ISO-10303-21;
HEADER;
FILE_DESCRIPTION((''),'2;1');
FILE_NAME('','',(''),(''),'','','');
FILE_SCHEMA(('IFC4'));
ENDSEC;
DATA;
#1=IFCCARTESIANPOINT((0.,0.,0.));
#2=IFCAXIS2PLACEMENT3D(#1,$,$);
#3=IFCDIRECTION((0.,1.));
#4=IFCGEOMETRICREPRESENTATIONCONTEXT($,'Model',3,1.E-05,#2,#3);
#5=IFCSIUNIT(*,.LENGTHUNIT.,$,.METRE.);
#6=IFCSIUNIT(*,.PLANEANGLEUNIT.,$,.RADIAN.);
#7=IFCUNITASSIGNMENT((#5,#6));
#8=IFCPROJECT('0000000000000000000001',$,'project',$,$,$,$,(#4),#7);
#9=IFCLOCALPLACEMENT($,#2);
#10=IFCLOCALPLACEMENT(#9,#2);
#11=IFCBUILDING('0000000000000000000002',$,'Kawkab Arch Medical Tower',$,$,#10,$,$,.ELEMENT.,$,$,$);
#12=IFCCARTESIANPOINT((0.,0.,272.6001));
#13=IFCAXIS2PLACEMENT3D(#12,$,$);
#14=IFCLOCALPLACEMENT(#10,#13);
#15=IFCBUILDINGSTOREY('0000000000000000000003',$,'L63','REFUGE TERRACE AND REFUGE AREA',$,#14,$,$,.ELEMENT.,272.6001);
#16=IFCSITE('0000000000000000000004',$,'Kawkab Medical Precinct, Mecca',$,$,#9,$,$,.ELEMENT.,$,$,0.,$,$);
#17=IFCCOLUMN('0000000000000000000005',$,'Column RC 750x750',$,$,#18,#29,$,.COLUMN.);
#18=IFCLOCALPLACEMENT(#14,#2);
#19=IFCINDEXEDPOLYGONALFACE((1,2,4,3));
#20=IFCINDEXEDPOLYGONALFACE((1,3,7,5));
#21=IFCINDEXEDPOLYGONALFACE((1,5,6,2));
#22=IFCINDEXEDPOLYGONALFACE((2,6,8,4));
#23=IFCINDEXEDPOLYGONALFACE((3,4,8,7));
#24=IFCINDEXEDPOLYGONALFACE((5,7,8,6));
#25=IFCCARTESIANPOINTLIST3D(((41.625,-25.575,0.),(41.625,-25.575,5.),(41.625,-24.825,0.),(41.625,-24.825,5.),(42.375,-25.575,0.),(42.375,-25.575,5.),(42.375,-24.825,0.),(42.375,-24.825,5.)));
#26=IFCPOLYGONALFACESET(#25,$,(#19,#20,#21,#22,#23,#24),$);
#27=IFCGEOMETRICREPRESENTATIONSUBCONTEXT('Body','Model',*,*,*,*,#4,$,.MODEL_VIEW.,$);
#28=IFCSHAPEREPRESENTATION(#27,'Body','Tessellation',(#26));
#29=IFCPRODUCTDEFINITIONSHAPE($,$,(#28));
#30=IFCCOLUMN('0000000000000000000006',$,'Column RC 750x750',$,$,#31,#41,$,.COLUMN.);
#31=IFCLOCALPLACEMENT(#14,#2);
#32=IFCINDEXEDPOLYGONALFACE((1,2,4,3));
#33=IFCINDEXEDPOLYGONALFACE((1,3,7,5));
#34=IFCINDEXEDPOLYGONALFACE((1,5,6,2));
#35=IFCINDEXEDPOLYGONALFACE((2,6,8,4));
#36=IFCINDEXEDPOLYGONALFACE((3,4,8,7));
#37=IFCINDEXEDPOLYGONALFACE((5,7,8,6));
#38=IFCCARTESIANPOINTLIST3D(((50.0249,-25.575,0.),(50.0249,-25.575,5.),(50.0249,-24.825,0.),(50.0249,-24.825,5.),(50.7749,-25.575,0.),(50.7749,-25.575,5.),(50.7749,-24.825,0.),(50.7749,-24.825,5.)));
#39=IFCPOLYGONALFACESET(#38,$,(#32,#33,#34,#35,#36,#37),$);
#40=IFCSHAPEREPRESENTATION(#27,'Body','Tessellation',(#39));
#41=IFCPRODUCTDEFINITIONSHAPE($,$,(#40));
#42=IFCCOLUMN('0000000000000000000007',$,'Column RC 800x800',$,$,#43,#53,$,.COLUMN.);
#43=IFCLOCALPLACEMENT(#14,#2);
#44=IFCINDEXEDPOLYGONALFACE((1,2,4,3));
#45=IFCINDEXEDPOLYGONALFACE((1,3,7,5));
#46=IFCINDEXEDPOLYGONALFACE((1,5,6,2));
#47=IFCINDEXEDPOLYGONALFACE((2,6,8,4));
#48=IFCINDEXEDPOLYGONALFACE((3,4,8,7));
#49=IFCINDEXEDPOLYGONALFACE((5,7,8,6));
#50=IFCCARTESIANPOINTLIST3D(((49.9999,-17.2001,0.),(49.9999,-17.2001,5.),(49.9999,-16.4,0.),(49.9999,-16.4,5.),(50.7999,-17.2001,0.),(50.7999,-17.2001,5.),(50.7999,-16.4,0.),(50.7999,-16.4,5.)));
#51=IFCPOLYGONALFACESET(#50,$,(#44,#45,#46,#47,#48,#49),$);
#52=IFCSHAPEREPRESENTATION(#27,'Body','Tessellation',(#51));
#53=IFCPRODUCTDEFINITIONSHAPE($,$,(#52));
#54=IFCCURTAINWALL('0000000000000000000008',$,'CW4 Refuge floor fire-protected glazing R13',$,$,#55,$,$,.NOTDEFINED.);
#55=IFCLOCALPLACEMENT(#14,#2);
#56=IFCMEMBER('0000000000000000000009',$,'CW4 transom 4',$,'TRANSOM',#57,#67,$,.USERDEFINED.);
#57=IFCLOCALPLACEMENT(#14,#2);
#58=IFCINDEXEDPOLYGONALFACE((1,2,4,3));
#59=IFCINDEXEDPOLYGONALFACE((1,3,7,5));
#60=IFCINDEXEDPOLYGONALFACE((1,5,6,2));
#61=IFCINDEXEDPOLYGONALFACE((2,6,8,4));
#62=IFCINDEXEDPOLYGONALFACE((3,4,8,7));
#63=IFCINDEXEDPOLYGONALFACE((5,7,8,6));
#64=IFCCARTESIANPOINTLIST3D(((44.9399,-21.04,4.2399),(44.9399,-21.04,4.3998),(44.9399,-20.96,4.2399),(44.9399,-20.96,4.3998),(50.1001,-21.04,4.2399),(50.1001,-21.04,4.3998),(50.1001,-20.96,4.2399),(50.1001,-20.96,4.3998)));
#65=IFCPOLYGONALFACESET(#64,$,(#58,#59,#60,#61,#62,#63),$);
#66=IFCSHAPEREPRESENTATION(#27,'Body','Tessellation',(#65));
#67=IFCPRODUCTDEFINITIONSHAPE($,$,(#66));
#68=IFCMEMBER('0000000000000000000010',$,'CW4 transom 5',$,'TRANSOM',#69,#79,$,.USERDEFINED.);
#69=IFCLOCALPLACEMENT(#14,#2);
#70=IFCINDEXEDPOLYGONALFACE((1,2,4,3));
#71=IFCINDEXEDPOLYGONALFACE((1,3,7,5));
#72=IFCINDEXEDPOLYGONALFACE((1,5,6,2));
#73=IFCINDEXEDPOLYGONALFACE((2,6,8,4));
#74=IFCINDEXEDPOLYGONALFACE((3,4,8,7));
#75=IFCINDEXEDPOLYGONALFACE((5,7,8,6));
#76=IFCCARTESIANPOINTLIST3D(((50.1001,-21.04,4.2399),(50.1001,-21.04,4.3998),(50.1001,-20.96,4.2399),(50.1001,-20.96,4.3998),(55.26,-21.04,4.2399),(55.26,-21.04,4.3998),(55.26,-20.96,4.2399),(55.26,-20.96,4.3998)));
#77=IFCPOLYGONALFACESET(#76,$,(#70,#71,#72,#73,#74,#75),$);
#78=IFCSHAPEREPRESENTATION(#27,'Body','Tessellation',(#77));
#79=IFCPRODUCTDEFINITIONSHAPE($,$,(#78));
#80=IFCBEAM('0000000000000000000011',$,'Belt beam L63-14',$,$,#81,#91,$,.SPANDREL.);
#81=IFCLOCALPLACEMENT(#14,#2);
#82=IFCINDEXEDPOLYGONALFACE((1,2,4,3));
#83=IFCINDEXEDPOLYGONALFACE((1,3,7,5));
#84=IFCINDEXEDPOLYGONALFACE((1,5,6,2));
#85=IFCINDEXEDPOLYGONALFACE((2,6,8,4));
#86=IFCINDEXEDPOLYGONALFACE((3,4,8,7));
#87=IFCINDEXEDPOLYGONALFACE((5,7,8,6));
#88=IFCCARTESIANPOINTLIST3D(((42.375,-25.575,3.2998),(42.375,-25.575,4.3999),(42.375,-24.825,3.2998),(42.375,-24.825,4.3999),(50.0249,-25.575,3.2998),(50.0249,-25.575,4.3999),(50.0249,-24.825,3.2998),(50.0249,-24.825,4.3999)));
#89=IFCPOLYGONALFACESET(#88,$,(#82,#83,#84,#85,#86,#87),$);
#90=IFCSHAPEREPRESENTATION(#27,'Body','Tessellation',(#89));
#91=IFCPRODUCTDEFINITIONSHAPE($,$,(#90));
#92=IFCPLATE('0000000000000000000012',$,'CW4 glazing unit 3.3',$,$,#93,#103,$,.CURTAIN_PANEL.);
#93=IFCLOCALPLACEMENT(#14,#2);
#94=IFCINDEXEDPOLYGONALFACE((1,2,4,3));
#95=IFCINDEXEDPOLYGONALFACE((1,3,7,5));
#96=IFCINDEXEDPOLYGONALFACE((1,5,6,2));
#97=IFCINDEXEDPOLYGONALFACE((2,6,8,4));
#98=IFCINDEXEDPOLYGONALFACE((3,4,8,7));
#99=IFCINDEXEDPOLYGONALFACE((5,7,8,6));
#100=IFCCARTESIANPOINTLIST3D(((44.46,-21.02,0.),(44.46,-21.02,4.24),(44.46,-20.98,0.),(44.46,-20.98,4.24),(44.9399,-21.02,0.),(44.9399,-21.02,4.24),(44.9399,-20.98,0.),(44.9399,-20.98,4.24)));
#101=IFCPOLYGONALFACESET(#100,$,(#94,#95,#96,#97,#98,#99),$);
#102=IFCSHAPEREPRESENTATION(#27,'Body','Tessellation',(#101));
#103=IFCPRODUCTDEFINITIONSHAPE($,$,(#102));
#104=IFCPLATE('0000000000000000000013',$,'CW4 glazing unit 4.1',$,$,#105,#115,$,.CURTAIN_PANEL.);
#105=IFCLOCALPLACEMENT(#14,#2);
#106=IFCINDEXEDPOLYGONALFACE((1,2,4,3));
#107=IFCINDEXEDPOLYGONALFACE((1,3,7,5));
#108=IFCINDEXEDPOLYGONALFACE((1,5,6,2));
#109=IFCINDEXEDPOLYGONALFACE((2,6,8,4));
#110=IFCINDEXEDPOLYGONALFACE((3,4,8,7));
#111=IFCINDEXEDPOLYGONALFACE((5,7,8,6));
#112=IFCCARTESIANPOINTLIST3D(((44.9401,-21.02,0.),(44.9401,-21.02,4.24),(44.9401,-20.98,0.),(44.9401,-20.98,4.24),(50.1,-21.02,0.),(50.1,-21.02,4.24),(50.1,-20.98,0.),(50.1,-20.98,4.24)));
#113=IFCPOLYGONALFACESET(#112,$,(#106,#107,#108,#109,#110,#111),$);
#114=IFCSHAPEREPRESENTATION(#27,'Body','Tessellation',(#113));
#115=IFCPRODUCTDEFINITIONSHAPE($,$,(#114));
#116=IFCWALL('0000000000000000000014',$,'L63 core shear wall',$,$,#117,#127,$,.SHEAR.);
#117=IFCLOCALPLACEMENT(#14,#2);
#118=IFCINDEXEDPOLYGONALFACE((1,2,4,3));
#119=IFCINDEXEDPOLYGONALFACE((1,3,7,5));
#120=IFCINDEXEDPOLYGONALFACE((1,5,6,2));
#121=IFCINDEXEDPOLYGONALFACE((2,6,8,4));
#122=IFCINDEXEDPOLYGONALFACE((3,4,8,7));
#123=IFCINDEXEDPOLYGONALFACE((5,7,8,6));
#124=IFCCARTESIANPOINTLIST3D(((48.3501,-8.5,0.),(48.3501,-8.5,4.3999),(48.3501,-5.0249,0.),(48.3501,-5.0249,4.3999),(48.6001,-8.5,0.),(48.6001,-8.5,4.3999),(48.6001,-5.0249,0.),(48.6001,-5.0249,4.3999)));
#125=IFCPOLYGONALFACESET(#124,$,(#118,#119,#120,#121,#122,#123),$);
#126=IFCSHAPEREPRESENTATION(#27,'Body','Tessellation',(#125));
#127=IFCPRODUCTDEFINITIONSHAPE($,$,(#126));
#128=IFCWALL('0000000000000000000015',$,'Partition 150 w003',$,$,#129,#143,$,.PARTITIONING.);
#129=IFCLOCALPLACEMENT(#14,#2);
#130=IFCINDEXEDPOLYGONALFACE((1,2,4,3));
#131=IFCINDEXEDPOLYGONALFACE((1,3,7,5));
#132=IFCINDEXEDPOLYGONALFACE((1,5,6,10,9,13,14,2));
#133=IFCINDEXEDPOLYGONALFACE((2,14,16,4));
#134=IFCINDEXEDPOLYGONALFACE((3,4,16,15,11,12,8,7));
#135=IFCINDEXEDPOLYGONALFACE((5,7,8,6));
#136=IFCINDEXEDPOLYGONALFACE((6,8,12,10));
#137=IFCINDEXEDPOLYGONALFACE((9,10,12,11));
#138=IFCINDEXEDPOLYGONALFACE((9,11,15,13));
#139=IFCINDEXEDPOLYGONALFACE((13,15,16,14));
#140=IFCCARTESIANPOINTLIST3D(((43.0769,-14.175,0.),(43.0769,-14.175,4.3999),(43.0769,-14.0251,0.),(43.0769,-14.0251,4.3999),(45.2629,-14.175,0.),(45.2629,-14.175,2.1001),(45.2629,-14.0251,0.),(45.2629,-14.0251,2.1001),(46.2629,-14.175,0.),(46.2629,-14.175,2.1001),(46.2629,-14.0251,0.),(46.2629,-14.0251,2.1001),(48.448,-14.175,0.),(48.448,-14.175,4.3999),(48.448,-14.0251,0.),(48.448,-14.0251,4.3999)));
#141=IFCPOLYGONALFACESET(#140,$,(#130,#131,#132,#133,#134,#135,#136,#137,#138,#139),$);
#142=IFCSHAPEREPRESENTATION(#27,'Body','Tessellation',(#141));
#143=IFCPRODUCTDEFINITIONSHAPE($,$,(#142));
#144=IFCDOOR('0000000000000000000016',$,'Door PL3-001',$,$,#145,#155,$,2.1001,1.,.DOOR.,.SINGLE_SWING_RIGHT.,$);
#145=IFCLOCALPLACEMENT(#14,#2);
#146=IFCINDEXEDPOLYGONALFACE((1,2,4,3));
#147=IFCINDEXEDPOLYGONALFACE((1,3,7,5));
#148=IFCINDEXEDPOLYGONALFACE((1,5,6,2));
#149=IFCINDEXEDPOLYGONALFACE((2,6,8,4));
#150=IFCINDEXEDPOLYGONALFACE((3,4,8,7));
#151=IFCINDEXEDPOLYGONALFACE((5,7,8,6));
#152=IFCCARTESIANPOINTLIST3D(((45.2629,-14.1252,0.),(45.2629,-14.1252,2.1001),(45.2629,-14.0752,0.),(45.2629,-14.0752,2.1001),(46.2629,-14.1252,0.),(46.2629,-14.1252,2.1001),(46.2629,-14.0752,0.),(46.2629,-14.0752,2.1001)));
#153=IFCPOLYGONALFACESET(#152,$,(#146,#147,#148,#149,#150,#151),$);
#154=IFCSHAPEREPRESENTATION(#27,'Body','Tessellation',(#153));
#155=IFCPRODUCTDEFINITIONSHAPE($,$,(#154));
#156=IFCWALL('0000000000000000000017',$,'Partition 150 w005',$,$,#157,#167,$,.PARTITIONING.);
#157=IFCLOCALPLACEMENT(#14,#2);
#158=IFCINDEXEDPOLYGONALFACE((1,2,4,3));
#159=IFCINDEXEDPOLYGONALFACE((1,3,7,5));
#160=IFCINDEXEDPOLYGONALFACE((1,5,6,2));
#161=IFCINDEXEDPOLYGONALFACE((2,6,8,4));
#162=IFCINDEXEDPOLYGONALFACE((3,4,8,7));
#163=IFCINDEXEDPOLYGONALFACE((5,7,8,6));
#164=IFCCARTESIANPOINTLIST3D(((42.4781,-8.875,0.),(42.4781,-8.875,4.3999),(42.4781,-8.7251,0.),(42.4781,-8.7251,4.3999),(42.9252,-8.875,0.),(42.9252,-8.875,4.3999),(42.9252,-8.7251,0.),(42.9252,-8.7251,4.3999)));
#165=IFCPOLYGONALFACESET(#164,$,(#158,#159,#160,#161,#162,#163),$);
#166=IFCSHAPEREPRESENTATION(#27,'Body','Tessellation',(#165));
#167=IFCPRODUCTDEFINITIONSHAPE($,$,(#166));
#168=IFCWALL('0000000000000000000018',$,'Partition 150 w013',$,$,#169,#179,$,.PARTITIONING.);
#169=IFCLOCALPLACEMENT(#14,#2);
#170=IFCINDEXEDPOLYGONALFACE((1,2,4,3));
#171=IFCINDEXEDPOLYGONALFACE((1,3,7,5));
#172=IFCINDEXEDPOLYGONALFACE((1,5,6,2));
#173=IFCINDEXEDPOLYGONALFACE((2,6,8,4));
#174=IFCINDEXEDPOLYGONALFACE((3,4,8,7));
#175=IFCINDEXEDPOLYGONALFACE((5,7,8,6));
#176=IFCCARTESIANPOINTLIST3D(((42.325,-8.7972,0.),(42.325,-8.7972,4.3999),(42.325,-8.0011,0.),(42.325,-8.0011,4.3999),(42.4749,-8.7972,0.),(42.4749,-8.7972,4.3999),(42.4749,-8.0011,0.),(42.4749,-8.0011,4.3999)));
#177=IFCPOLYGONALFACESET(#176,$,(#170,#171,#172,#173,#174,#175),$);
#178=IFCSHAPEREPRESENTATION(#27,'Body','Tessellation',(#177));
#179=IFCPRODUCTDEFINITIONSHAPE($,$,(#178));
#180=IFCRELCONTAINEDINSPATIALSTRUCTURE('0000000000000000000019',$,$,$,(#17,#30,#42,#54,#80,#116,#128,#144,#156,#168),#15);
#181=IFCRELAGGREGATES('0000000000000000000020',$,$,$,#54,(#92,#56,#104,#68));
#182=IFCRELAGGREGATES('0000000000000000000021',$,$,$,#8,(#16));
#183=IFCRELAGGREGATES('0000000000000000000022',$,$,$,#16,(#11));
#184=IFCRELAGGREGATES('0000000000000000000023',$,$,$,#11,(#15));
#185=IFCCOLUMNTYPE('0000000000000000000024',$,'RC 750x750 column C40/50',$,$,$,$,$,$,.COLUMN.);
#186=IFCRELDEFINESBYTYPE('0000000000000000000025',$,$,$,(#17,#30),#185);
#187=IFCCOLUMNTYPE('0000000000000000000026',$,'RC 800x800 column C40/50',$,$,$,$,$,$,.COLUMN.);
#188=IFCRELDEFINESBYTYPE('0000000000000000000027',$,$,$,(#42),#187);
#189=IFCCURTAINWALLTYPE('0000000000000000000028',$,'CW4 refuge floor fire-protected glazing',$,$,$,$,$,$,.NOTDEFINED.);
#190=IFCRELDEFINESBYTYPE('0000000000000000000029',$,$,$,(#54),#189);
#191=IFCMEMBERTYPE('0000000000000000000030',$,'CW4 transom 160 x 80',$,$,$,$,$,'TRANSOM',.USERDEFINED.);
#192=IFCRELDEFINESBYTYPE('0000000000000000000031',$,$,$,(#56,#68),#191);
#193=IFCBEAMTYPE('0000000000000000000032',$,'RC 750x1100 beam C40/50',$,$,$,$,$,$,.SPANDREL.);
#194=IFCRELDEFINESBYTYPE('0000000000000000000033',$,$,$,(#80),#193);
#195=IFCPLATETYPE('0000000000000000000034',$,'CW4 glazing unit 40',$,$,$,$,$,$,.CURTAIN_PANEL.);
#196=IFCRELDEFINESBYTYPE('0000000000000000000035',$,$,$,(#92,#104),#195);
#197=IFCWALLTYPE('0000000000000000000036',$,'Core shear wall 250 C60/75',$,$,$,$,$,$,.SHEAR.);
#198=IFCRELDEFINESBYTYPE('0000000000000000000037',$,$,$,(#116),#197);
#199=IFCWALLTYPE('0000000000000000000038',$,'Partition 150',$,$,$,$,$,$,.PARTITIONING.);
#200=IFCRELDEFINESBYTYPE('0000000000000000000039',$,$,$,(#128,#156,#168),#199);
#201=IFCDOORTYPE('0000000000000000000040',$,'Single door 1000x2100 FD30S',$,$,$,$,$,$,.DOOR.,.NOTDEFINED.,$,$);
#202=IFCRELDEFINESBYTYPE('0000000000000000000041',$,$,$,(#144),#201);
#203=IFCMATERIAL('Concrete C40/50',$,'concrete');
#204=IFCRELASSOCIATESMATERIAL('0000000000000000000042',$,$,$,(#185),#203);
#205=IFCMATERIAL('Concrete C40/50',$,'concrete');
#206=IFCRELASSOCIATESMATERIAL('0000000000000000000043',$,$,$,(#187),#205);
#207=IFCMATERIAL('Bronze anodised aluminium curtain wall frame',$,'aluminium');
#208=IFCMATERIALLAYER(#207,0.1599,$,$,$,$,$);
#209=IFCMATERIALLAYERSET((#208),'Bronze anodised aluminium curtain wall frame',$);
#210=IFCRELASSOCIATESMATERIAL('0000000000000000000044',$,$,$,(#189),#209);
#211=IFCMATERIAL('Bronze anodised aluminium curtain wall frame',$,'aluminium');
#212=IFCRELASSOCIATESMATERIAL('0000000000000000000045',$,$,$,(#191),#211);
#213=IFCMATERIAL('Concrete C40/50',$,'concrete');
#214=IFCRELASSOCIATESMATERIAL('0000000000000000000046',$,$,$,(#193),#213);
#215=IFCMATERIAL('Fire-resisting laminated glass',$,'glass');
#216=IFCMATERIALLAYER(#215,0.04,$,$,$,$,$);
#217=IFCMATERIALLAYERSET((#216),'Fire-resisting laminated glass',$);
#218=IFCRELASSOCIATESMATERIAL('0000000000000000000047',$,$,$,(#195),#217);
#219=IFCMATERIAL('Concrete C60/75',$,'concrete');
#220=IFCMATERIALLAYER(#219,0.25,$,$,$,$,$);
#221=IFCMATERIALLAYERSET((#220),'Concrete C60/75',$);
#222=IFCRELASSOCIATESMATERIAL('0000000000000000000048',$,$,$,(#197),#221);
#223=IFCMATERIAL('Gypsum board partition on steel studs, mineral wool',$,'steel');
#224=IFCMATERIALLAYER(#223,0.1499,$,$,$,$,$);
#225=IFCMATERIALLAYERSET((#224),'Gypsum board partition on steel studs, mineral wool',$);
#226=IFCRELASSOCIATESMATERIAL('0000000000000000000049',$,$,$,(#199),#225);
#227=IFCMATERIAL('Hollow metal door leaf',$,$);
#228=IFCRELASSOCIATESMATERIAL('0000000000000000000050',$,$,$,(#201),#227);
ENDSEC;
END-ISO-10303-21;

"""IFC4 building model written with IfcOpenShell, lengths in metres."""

from ifc_helpers import new_model, si_unit, direction, frame, frame_2d, origin, origin_2d, place, context, subcontext, project, spatial, rectangle, extrude, material, layer, layer_set, material_profile, profile_set, type_object, element, fill, aggregate, save


model = new_model("IFC4")

# Units and contexts
model_context = context("Model", 3, precision=1e-05, world=origin(), true_north=direction((0.0, 1.0)))
body_context = subcontext(model_context, "Body", "Model", "MODEL_VIEW")
ifc_project = project(units=[si_unit("LENGTHUNIT", "METRE"), si_unit("PLANEANGLEUNIT", "RADIAN")], contexts=[model_context])

# Site, building, storey
site_placement = place(None, origin())
site = spatial("IfcSite", under=ifc_project, at=site_placement, Name="Kawkab Medical Precinct, Mecca", CompositionType="ELEMENT", RefElevation=0.0)
building_placement = place(site_placement, origin())
building = spatial("IfcBuilding", under=site, at=building_placement, Name="Kawkab Arch Medical Tower", CompositionType="ELEMENT")
storey_placement = place(building_placement, frame((0.0, 0.0, 272.6001)))
storey = spatial("IfcBuildingStorey", under=building, at=storey_placement, Name="L63", Description="REFUGE TERRACE AND REFUGE AREA", CompositionType="ELEMENT", Elevation=272.6001)

# Columns
ifc_material_1 = material(Name="Concrete C40/50", Category="concrete")
ifc_material_profile_1 = material_profile(ifc_material_1, rectangle(XDim=0.75, YDim=0.75, at=origin_2d()), Name="RC 750x750")
ifc_profile_set_1 = profile_set([ifc_material_profile_1], Name="Concrete C40/50")
column_type_1 = type_object("IfcColumnType", Name="RC 750x750 column C40/50", PredefinedType="COLUMN", material=ifc_profile_set_1)
for number, where, z_axis, x_axis, name in (
    (1, (42.0, -25.2, 0.0), (0.0, 0.0, 1.0), (1.0, 0.0, 0.0), "Column RC 750x750"),
    (2, (50.3999, -25.2, 0.0), (0.0, 0.0, 1.0), (1.0, 0.0, 0.0), "Column RC 750x750"),
):
    element("IfcColumn", number, at=place(storey_placement, frame(where, z_axis=z_axis, x_axis=x_axis)), inside=storey, type_object=column_type_1, Name=name, PredefinedType="COLUMN", context=body_context, shape_type="SweptSolid", body=[
        extrude(rectangle(XDim=0.75, YDim=0.75, at=origin_2d()), origin(), (0.0, 0.0, 1.0), 5.0),
    ])
ifc_material_2 = material(Name="Concrete C40/50", Category="concrete")
ifc_material_profile_2 = material_profile(ifc_material_2, rectangle(XDim=0.8, YDim=0.8, at=origin_2d()), Name="RC 800x800")
ifc_profile_set_2 = profile_set([ifc_material_profile_2], Name="Concrete C40/50")
column_type_2 = type_object("IfcColumnType", Name="RC 800x800 column C40/50", PredefinedType="COLUMN", material=ifc_profile_set_2)
column_placement = place(storey_placement, frame((50.3999, -16.8, 0.0), z_axis=(0.0, 0.0, 1.0), x_axis=(1.0, 0.0, 0.0)))
element("IfcColumn", 3, at=column_placement, inside=storey, type_object=column_type_2, Name="Column RC 800x800", PredefinedType="COLUMN", context=body_context, shape_type="SweptSolid", body=[
    extrude(rectangle(XDim=0.8, YDim=0.8, at=origin_2d()), origin(), (0.0, 0.0, 1.0), 5.0),
])

# Curtain wall, members
ifc_material_3 = material(Name="Bronze anodised aluminium curtain wall frame", Category="aluminium")
ifc_layer_1 = layer(ifc_material_3, 0.1599)
ifc_layer_set_1 = layer_set([ifc_layer_1], Name="Bronze anodised aluminium curtain wall frame")
curtain_wall_type = type_object("IfcCurtainWallType", Name="CW4 refuge floor fire-protected glazing", PredefinedType="NOTDEFINED", material=ifc_layer_set_1)
curtain_wall_placement = place(storey_placement, origin())
curtain_wall = element("IfcCurtainWall", 4, at=curtain_wall_placement, inside=storey, type_object=curtain_wall_type, Name="CW4 Refuge floor fire-protected glazing R13", PredefinedType="NOTDEFINED")
ifc_material_4 = material(Name="Bronze anodised aluminium curtain wall frame", Category="aluminium")
ifc_material_profile_3 = material_profile(ifc_material_4, rectangle(XDim=0.0801, YDim=0.1599, at=origin_2d()), Name="AL 80x160")
ifc_profile_set_3 = profile_set([ifc_material_profile_3], Name="Bronze anodised aluminium curtain wall frame")
member_type = type_object("IfcMemberType", Name="CW4 transom 160 x 80", ElementType="TRANSOM", PredefinedType="USERDEFINED", material=ifc_profile_set_3)
member_1_placement = place(storey_placement, frame((44.9399, -21.0, 4.3198), z_axis=(1.0, 0.0, 0.0), x_axis=(0.0, 1.0, 0.0)))
member_1 = element("IfcMember", 5, at=member_1_placement, type_object=member_type, Name="CW4 transom 4", ObjectType="TRANSOM", PredefinedType="USERDEFINED", context=body_context, shape_type="SweptSolid", body=[
    extrude(rectangle(XDim=0.0801, YDim=0.1599, at=origin_2d()), origin(), (0.0, 0.0, 1.0), 5.1602),
])
member_2_placement = place(storey_placement, frame((50.1001, -21.0, 4.3198), z_axis=(1.0, 0.0, 0.0), x_axis=(0.0, 1.0, 0.0)))
member_2 = element("IfcMember", 6, at=member_2_placement, type_object=member_type, Name="CW4 transom 5", ObjectType="TRANSOM", PredefinedType="USERDEFINED", context=body_context, shape_type="SweptSolid", body=[
    extrude(rectangle(XDim=0.0801, YDim=0.1599, at=origin_2d()), origin(), (0.0, 0.0, 1.0), 5.1599),
])

# Beam
ifc_material_5 = material(Name="Concrete C40/50", Category="concrete")
ifc_material_profile_4 = material_profile(ifc_material_5, rectangle(XDim=0.75, YDim=1.1001, at=origin_2d()), Name="RC 750x1100")
ifc_profile_set_4 = profile_set([ifc_material_profile_4], Name="Concrete C40/50")
beam_type = type_object("IfcBeamType", Name="RC 750x1100 beam C40/50", PredefinedType="SPANDREL", material=ifc_profile_set_4)
beam_placement = place(storey_placement, frame((50.0249, -25.2, 3.8499), z_axis=(-1.0, 0.0, 0.0), x_axis=(0.0, -1.0, 0.0)))
element("IfcBeam", 7, at=beam_placement, inside=storey, type_object=beam_type, Name="Belt beam L63-14", PredefinedType="SPANDREL", context=body_context, shape_type="SweptSolid", body=[
    extrude(rectangle(XDim=0.75, YDim=1.1001, at=origin_2d()), origin(), (0.0, 0.0, 1.0), 7.6499),
])

# Plates
ifc_material_6 = material(Name="Fire-resisting laminated glass", Category="glass")
ifc_layer_2 = layer(ifc_material_6, 0.04)
ifc_layer_set_2 = layer_set([ifc_layer_2], Name="Fire-resisting laminated glass")
plate_type = type_object("IfcPlateType", Name="CW4 glazing unit 40", PredefinedType="CURTAIN_PANEL", material=ifc_layer_set_2)
plate_1_placement = place(storey_placement, frame((44.7, -21.0, 0.0), z_axis=(0.0, 0.0, 1.0), x_axis=(1.0, 0.0, 0.0)))
plate_1 = element("IfcPlate", 8, at=plate_1_placement, type_object=plate_type, Name="CW4 glazing unit 3.3", PredefinedType="CURTAIN_PANEL", context=body_context, shape_type="SweptSolid", body=[
    extrude(rectangle(XDim=0.48, YDim=0.04, at=origin_2d()), origin(), (0.0, 0.0, 1.0), 4.24),
])
plate_2_placement = place(storey_placement, frame((47.52, -21.0, 0.0), z_axis=(0.0, 0.0, 1.0), x_axis=(1.0, 0.0, 0.0)))
plate_2 = element("IfcPlate", 9, at=plate_2_placement, type_object=plate_type, Name="CW4 glazing unit 4.1", PredefinedType="CURTAIN_PANEL", context=body_context, shape_type="SweptSolid", body=[
    extrude(rectangle(XDim=5.1599, YDim=0.04, at=origin_2d()), origin(), (0.0, 0.0, 1.0), 4.24),
])
aggregate(curtain_wall, [plate_1, member_1, plate_2, member_2])

# Wall
ifc_material_7 = material(Name="Concrete C60/75", Category="concrete")
ifc_layer_3 = layer(ifc_material_7, 0.25)
ifc_layer_set_3 = layer_set([ifc_layer_3], Name="Concrete C60/75")
wall_type_1 = type_object("IfcWallType", Name="Core shear wall 250 C60/75", PredefinedType="SHEAR", material=ifc_layer_set_3)
wall_1_placement = place(storey_placement, frame((48.4751, -8.5, 0.0), z_axis=(0.0, 0.0, 1.0), x_axis=(0.0, 1.0, 0.0)))
element("IfcWall", 10, at=wall_1_placement, inside=storey, type_object=wall_type_1, Name="L63 core shear wall", PredefinedType="SHEAR", context=body_context, shape_type="SweptSolid", body=[
    extrude(rectangle(XDim=3.4751, YDim=0.25, at=frame_2d((1.7375, 0.0))), origin(), (0.0, 0.0, 1.0), 4.3999),
])

# Wall, opening, door
ifc_material_8 = material(Name="Gypsum board partition on steel studs, mineral wool", Category="steel")
ifc_layer_4 = layer(ifc_material_8, 0.1499)
ifc_layer_set_4 = layer_set([ifc_layer_4], Name="Gypsum board partition on steel studs, mineral wool")
wall_type_2 = type_object("IfcWallType", Name="Partition 150", PredefinedType="PARTITIONING", material=ifc_layer_set_4)
wall_2_placement = place(storey_placement, frame((43.0769, -14.1001, 0.0), z_axis=(0.0, 0.0, 1.0), x_axis=(1.0, 0.0, 0.0)))
wall_2 = element("IfcWall", 11, at=wall_2_placement, inside=storey, type_object=wall_type_2, Name="Partition 150 w003", PredefinedType="PARTITIONING", context=body_context, shape_type="SweptSolid", body=[
    extrude(rectangle(XDim=5.3711, YDim=0.1499, at=frame_2d((2.6855, 0.0))), origin(), (0.0, 0.0, 1.0), 4.3999),
])
opening_1_placement = place(wall_2_placement, frame((2.186, 0.0, 0.0)))
opening_1 = element("IfcOpeningElement", 12, at=opening_1_placement, cuts=wall_2, PredefinedType="OPENING", context=body_context, shape_type="SweptSolid", body=[
    extrude(rectangle(XDim=1.0, YDim=2.1001, at=frame_2d((0.5, 1.05))), frame((0.0, 0.085, 0.0), z_axis=(0.0, -1.0, 0.0), x_axis=(1.0, 0.0, 0.0)), (0.0, 0.0, 1.0), 0.1699),
])
ifc_material_9 = material(Name="Hollow metal door leaf")
door_type_1 = type_object("IfcDoorType", Name="Single door 1000x2100 FD30S", OperationType="NOTDEFINED", PredefinedType="DOOR", material=ifc_material_9)
door_1_placement = place(opening_1_placement, origin())
door_1 = element("IfcDoor", 13, at=door_1_placement, inside=storey, type_object=door_type_1, Name="Door PL3-001", OperationType="SINGLE_SWING_RIGHT", OverallHeight=2.1001, OverallWidth=1.0, PredefinedType="DOOR", context=body_context, shape_type="SweptSolid", body=[
    extrude(rectangle(XDim=1.0, YDim=2.1001, at=frame_2d((0.5, 1.05))), frame((0.0, 0.0249, 0.0), z_axis=(0.0, -1.0, 0.0), x_axis=(1.0, 0.0, 0.0)), (0.0, 0.0, 1.0), 0.05),
])
fill(opening_1, door_1)

# Walls
wall_3_placement = place(storey_placement, frame((42.478, -8.8, 0.0), z_axis=(0.0, 0.0, 1.0), x_axis=(1.0, 0.0, 0.0)))
element("IfcWall", 14, at=wall_3_placement, inside=storey, type_object=wall_type_2, Name="Partition 150 w005", PredefinedType="PARTITIONING", context=body_context, shape_type="SweptSolid", body=[
    extrude(rectangle(XDim=0.447, YDim=0.1499, at=frame_2d((0.2236, 0.0))), origin(), (0.0, 0.0, 1.0), 4.3999),
])
wall_4_placement = place(storey_placement, frame((42.3999, -8.7971, 0.0), z_axis=(0.0, 0.0, 1.0), x_axis=(0.0, 1.0, 0.0)))
element("IfcWall", 15, at=wall_4_placement, inside=storey, type_object=wall_type_2, Name="Partition 150 w013", PredefinedType="PARTITIONING", context=body_context, shape_type="SweptSolid", body=[
    extrude(rectangle(XDim=0.7961, YDim=0.1499, at=frame_2d((0.3979, 0.0))), origin(), (0.0, 0.0, 1.0), 4.3999),
])

save(model, "model.ifc")
